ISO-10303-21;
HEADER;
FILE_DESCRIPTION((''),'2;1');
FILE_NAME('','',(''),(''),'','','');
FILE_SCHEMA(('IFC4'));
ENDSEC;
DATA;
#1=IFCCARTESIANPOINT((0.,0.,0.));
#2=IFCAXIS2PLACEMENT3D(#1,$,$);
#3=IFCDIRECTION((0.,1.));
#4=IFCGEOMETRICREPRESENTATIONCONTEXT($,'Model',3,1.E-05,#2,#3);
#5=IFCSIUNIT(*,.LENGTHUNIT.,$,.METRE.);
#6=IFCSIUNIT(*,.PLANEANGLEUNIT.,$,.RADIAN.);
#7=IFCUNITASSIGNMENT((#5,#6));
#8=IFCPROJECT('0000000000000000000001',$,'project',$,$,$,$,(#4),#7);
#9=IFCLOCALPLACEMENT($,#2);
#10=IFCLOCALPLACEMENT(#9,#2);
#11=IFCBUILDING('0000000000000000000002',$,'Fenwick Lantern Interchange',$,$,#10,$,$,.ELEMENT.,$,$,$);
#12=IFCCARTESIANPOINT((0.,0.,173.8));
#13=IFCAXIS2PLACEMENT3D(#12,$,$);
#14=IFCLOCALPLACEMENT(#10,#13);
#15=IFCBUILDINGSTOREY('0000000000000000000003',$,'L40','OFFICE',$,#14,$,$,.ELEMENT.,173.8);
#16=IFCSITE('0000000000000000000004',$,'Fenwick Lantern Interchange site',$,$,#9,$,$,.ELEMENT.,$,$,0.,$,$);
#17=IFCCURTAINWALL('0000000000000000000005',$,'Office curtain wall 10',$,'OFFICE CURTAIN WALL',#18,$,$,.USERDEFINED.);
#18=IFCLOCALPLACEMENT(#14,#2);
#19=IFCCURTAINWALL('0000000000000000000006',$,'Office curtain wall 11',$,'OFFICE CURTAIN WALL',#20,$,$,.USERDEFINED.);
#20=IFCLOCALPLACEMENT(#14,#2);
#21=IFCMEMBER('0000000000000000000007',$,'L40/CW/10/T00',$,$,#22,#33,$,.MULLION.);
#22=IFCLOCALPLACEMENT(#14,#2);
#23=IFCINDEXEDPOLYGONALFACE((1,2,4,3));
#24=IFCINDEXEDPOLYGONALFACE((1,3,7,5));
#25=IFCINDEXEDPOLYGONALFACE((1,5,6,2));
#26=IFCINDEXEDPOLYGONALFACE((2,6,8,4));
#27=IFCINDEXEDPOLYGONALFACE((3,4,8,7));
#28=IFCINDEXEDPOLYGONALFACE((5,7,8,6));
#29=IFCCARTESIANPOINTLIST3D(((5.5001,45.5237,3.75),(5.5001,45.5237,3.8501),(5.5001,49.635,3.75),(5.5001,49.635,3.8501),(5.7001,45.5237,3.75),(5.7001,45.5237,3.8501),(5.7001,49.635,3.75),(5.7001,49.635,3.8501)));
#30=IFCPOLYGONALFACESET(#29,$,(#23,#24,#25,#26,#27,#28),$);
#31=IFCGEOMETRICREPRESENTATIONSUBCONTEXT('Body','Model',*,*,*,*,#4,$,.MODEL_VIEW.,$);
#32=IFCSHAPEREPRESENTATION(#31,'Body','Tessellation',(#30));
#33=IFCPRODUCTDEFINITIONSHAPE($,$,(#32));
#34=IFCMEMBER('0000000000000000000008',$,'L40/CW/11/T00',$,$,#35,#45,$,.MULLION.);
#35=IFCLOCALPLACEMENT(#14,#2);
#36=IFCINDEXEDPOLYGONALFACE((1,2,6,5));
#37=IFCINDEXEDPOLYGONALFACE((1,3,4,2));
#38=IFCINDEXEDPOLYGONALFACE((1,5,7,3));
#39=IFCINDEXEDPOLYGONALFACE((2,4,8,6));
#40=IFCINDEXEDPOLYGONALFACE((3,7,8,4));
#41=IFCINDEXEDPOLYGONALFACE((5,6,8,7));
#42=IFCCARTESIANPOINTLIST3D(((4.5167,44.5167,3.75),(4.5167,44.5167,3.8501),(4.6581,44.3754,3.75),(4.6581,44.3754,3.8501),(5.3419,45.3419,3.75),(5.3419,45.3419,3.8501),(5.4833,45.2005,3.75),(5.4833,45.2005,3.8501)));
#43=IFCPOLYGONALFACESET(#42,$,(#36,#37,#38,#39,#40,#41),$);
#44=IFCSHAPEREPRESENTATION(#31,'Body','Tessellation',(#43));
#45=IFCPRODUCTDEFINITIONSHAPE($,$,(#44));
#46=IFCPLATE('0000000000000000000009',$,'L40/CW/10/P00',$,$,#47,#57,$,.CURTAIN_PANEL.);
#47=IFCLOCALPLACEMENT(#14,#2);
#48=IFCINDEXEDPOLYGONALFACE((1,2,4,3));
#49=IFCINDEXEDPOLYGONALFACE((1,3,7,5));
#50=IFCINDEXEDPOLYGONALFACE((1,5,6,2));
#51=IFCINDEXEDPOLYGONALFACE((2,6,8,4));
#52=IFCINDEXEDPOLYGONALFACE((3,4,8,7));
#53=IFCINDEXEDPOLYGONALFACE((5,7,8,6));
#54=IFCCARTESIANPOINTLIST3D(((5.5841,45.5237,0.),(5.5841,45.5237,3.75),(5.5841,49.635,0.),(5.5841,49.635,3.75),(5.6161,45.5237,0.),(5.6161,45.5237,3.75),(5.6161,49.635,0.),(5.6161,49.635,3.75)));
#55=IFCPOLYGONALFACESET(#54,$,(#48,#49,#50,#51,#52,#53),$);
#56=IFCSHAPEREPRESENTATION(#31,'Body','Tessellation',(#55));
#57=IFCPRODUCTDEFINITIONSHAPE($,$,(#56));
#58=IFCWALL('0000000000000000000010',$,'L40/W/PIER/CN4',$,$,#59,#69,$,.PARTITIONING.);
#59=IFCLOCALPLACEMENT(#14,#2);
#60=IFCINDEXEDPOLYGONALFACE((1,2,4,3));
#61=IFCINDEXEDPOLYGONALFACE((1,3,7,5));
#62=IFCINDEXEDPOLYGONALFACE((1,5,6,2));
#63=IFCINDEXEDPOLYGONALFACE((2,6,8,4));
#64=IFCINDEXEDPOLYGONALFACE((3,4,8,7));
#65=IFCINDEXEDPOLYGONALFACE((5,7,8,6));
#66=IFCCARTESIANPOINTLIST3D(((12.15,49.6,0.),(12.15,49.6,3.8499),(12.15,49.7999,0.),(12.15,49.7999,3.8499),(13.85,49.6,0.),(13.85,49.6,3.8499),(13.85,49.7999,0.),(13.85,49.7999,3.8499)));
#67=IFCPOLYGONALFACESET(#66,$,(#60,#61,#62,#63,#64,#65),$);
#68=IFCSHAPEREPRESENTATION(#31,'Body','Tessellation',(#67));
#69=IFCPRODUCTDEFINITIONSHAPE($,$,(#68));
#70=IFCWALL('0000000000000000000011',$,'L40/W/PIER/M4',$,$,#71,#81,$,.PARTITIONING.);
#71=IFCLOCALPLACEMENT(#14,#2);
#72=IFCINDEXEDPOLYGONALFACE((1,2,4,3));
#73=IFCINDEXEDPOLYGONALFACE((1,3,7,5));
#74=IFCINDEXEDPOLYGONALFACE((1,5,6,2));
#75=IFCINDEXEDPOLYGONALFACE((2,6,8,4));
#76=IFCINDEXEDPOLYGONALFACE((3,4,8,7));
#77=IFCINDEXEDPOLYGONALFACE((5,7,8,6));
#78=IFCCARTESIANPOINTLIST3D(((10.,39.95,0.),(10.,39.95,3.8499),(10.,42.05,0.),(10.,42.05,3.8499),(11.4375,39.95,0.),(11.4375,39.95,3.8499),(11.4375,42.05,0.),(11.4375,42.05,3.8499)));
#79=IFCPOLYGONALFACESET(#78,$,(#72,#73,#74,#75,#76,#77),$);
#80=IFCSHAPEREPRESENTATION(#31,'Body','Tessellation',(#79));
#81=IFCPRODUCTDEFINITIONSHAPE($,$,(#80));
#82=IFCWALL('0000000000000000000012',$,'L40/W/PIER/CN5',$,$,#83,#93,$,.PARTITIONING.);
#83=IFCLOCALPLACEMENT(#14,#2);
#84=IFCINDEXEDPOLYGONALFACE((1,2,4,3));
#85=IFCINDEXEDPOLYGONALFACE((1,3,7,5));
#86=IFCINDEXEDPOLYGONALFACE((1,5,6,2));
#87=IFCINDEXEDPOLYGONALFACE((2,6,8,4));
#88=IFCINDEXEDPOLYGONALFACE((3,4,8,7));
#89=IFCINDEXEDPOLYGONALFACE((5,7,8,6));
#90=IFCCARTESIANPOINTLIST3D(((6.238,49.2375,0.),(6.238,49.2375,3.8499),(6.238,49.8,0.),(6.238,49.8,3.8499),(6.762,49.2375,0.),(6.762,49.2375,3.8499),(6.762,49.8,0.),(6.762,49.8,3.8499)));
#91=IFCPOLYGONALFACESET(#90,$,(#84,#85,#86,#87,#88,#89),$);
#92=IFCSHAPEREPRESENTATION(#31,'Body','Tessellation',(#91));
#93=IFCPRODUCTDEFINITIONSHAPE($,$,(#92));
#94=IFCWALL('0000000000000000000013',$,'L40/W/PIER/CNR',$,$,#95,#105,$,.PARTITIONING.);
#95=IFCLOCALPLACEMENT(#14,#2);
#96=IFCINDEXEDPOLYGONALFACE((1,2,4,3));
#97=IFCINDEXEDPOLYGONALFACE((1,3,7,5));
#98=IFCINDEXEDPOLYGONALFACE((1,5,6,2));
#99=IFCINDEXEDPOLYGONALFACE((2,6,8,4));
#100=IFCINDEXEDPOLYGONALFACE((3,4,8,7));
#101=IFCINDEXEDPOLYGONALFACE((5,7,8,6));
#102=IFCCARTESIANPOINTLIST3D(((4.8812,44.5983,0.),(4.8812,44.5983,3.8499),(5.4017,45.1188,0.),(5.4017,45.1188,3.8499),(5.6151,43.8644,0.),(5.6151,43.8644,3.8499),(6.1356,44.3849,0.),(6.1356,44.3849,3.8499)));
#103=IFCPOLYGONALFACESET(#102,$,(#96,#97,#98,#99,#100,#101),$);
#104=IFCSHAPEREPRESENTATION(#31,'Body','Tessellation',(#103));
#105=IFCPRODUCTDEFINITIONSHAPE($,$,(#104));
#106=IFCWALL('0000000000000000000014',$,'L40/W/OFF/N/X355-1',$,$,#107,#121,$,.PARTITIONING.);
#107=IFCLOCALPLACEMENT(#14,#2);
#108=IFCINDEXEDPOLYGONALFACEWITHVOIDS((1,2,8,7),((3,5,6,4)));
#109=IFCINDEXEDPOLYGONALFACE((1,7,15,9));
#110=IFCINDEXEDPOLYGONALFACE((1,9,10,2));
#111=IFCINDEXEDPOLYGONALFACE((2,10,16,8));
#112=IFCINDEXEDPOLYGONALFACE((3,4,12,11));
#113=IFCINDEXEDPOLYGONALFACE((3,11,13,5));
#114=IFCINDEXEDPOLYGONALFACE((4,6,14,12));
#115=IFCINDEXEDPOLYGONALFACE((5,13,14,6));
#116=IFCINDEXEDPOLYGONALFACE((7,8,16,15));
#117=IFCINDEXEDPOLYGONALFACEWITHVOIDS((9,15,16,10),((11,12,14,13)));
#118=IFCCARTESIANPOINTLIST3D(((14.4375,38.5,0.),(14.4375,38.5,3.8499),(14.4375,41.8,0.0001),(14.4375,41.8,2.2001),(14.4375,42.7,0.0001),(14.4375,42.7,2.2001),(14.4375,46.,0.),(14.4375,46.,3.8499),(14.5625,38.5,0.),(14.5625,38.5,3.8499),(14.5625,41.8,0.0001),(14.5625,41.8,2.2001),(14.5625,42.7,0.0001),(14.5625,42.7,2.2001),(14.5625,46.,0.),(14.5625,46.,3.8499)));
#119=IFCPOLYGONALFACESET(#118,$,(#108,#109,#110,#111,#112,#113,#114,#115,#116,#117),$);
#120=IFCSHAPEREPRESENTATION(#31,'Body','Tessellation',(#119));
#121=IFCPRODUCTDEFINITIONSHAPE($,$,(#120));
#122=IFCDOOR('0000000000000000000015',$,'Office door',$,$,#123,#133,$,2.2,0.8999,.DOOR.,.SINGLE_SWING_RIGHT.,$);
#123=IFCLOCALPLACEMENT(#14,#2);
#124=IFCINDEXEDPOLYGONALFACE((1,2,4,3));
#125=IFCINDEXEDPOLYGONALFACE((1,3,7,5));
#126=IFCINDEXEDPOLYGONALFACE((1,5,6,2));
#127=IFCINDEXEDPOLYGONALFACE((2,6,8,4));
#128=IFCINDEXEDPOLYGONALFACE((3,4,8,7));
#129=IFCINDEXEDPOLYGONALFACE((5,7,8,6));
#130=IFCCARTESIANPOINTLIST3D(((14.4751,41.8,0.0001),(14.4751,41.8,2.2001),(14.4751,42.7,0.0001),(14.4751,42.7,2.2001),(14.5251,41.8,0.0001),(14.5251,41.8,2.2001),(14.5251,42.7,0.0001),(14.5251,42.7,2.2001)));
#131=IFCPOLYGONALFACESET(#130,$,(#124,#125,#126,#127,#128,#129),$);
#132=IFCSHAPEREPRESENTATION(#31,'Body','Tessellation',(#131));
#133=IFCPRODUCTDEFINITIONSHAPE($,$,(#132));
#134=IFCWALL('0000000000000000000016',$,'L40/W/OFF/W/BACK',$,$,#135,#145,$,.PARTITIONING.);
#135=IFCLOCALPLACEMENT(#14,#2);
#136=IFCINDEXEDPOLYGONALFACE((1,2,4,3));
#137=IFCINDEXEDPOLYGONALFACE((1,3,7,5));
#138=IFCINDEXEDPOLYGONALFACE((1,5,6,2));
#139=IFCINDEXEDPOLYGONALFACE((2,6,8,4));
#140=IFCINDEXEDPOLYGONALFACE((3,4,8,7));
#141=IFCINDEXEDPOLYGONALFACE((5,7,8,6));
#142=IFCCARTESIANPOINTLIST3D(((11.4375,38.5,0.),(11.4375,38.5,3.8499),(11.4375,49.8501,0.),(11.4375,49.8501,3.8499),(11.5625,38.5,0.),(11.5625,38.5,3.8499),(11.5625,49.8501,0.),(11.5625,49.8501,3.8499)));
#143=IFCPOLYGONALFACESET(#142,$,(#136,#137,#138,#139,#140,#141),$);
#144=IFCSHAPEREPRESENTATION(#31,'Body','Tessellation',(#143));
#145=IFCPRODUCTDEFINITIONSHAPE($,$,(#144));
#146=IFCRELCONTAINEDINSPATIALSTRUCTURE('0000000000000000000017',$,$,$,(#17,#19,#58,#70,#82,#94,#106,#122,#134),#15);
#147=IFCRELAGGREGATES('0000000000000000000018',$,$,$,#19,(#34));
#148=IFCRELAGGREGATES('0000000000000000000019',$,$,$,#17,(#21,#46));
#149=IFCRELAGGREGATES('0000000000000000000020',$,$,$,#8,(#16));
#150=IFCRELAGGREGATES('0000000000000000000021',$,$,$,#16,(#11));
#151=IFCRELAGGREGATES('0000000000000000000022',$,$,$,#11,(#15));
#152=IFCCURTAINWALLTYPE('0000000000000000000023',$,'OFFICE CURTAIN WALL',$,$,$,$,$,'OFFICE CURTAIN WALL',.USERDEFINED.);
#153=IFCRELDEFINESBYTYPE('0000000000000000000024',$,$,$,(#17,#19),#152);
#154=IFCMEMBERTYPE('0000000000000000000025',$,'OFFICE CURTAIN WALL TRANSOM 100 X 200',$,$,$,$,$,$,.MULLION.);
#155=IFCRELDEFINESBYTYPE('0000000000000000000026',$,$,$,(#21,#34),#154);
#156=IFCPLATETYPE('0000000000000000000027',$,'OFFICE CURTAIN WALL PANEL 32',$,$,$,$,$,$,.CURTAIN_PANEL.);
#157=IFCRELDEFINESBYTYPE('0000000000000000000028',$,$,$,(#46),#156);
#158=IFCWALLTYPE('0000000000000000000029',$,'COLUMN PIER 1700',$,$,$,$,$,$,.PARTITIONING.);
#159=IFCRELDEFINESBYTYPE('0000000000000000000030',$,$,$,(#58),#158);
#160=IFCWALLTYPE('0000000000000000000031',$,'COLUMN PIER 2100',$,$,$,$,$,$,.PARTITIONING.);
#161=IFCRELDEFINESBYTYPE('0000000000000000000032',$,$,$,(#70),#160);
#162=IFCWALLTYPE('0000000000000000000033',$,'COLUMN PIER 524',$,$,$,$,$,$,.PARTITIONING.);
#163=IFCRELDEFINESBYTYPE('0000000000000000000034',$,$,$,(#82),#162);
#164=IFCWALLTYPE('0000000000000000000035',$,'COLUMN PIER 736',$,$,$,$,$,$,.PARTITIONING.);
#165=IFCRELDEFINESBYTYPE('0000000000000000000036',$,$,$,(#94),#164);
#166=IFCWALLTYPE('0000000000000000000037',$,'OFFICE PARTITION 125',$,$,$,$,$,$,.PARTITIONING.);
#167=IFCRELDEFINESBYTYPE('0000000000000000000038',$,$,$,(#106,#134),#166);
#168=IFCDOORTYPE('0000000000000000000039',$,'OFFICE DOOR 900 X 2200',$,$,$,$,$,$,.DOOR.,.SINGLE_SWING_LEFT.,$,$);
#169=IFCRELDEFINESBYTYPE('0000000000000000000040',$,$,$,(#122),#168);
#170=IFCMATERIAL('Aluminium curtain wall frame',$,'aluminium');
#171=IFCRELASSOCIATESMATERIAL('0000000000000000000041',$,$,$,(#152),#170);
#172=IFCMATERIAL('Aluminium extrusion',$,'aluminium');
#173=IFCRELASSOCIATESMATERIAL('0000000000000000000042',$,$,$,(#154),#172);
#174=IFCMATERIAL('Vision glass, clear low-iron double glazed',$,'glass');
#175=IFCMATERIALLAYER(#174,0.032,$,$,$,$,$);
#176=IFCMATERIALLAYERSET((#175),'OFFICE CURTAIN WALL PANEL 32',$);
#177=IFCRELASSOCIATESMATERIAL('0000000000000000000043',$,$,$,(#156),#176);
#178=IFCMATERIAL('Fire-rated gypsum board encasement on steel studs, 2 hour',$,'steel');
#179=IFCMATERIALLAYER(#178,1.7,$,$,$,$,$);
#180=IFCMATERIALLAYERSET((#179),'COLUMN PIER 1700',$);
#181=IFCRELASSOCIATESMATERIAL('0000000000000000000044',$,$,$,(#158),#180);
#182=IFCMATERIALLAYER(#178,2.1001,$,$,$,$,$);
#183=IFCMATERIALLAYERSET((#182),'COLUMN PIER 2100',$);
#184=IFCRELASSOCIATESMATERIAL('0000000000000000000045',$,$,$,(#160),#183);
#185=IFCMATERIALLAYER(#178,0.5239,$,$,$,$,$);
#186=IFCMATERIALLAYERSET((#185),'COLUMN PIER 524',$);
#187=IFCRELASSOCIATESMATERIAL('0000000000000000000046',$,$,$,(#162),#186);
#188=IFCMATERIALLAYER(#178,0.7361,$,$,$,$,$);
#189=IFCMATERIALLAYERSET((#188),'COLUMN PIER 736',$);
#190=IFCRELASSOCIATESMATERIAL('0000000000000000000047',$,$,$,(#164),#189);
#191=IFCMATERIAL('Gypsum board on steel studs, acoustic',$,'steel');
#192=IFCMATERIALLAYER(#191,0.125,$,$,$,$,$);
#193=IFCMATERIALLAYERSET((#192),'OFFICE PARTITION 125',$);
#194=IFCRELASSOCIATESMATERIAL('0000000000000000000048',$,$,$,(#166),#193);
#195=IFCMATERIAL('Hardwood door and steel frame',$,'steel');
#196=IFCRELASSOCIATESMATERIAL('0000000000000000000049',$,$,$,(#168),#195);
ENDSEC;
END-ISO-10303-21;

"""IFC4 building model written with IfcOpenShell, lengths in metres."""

from ifc_helpers import new_model, si_unit, direction, frame, frame_2d, origin, origin_2d, place, context, subcontext, project, spatial, rectangle, extrude, material, layer, layer_set, material_profile, profile_set, type_object, element, fill, aggregate, save


model = new_model("IFC4")

# Units and contexts
model_context = context("Model", 3, precision=1e-05, world=origin(), true_north=direction((0.0, 1.0)))
body_context = subcontext(model_context, "Body", "Model", "MODEL_VIEW")
ifc_project = project(units=[si_unit("LENGTHUNIT", "METRE"), si_unit("PLANEANGLEUNIT", "RADIAN")], contexts=[model_context])

# Site, building, storey
site_placement = place(None, origin())
site = spatial("IfcSite", under=ifc_project, at=site_placement, Name="Fenwick Lantern Interchange site", CompositionType="ELEMENT", RefElevation=0.0)
building_placement = place(site_placement, origin())
building = spatial("IfcBuilding", under=site, at=building_placement, Name="Fenwick Lantern Interchange", CompositionType="ELEMENT")
storey_placement = place(building_placement, frame((0.0, 0.0, 173.8)))
storey = spatial("IfcBuildingStorey", under=building, at=storey_placement, Name="L40", Description="OFFICE", CompositionType="ELEMENT", Elevation=173.8)

# Curtain wall
ifc_material_1 = material(Name="Aluminium curtain wall frame", Category="aluminium")
curtain_wall_type = type_object("IfcCurtainWallType", Name="OFFICE CURTAIN WALL", ElementType="OFFICE CURTAIN WALL", PredefinedType="USERDEFINED", material=ifc_material_1)
ifc_material_2 = material(Name="Aluminium extrusion", Category="aluminium")
curtain_wall_1_placement = place(storey_placement, origin())
curtain_wall_1 = element("IfcCurtainWall", 1, at=curtain_wall_1_placement, inside=storey, type_object=curtain_wall_type, Name="Office curtain wall 10", ObjectType="OFFICE CURTAIN WALL", PredefinedType="USERDEFINED")

# Curtain wall
curtain_wall_2_placement = place(storey_placement, origin())
curtain_wall_2 = element("IfcCurtainWall", 2, at=curtain_wall_2_placement, inside=storey, type_object=curtain_wall_type, Name="Office curtain wall 11", ObjectType="OFFICE CURTAIN WALL", PredefinedType="USERDEFINED")

# Members
ifc_material_profile_1 = material_profile(ifc_material_2, rectangle(XDim=0.2, YDim=0.1001, at=origin_2d()), Name="OFFICE CURTAIN WALL TRANSOM 100 X 200")
ifc_profile_set_1 = profile_set([ifc_material_profile_1], Name="Aluminium extrusion")
member_type_1 = type_object("IfcMemberType", Name="OFFICE CURTAIN WALL TRANSOM 100 X 200", PredefinedType="MULLION", material=ifc_profile_set_1)
member_1_placement = place(storey_placement, frame((5.6001, 49.635, 3.8), z_axis=(0.0, -1.0, 0.0), x_axis=(1.0, 0.0, 0.0)))
member_1 = element("IfcMember", 3, at=member_1_placement, type_object=member_type_1, Name="L40/CW/10/T00", PredefinedType="MULLION", context=body_context, shape_type="SweptSolid", body=[
    extrude(rectangle(XDim=0.2, YDim=0.1001, at=origin_2d()), origin(), (0.0, 0.0, 1.0), 4.1113),
])
member_2_placement = place(storey_placement, frame((5.4126, 45.2712, 3.8), z_axis=(-0.707107, -0.707107, 0.0), x_axis=(0.707107, -0.707107, 0.0)))
member_2 = element("IfcMember", 4, at=member_2_placement, type_object=member_type_1, Name="L40/CW/11/T00", PredefinedType="MULLION", context=body_context, shape_type="SweptSolid", body=[
    extrude(rectangle(XDim=0.2, YDim=0.1001, at=origin_2d()), origin(), (0.0, 0.0, 1.0), 1.167),
])
aggregate(curtain_wall_2, [member_2])

# Plate
ifc_material_3 = material(Name="Vision glass, clear low-iron double glazed", Category="glass")
ifc_layer_1 = layer(ifc_material_3, 0.032)
ifc_layer_set_1 = layer_set([ifc_layer_1], Name="OFFICE CURTAIN WALL PANEL 32")
plate_type = type_object("IfcPlateType", Name="OFFICE CURTAIN WALL PANEL 32", PredefinedType="CURTAIN_PANEL", material=ifc_layer_set_1)
plate_placement = place(storey_placement, frame((5.6001, 47.5793, 0.0), z_axis=(0.0, 0.0, 1.0), x_axis=(0.0, -1.0, 0.0)))
plate = element("IfcPlate", 5, at=plate_placement, type_object=plate_type, Name="L40/CW/10/P00", PredefinedType="CURTAIN_PANEL", context=body_context, shape_type="SweptSolid", body=[
    extrude(rectangle(XDim=4.1113, YDim=0.032, at=origin_2d()), origin(), (0.0, 0.0, 1.0), 3.75),
])
aggregate(curtain_wall_1, [member_1, plate])

# Walls
ifc_material_4 = material(Name="Fire-rated gypsum board encasement on steel studs, 2 hour", Category="steel")
ifc_layer_2 = layer(ifc_material_4, 1.7)
ifc_layer_set_2 = layer_set([ifc_layer_2], Name="COLUMN PIER 1700")
wall_type_1 = type_object("IfcWallType", Name="COLUMN PIER 1700", PredefinedType="PARTITIONING", material=ifc_layer_set_2)
wall_1_placement = place(storey_placement, frame((13.0, 49.8, 0.0), z_axis=(0.0, 0.0, 1.0), x_axis=(0.0, -1.0, 0.0)))
element("IfcWall", 6, at=wall_1_placement, inside=storey, type_object=wall_type_1, Name="L40/W/PIER/CN4", PredefinedType="PARTITIONING", context=body_context, shape_type="SweptSolid", body=[
    extrude(rectangle(XDim=0.2, YDim=1.7, at=frame_2d((0.1001, 0.0))), origin(), (0.0, 0.0, 1.0), 3.8499),
])
ifc_layer_3 = layer(ifc_material_4, 2.1001)
ifc_layer_set_3 = layer_set([ifc_layer_3], Name="COLUMN PIER 2100")
wall_type_2 = type_object("IfcWallType", Name="COLUMN PIER 2100", PredefinedType="PARTITIONING", material=ifc_layer_set_3)
wall_2_placement = place(storey_placement, frame((11.4375, 41.0, 0.0), z_axis=(0.0, 0.0, 1.0), x_axis=(-1.0, 0.0, 0.0)))
element("IfcWall", 7, at=wall_2_placement, inside=storey, type_object=wall_type_2, Name="L40/W/PIER/M4", PredefinedType="PARTITIONING", context=body_context, shape_type="SweptSolid", body=[
    extrude(rectangle(XDim=1.4375, YDim=2.1001, at=frame_2d((0.7188, 0.0))), origin(), (0.0, 0.0, 1.0), 3.8499),
])
ifc_layer_4 = layer(ifc_material_4, 0.5239)
ifc_layer_set_4 = layer_set([ifc_layer_4], Name="COLUMN PIER 524")
wall_type_3 = type_object("IfcWallType", Name="COLUMN PIER 524", PredefinedType="PARTITIONING", material=ifc_layer_set_4)
wall_3_placement = place(storey_placement, frame((6.5, 49.8, 0.0), z_axis=(0.0, 0.0, 1.0), x_axis=(0.0, -1.0, 0.0)))
element("IfcWall", 8, at=wall_3_placement, inside=storey, type_object=wall_type_3, Name="L40/W/PIER/CN5", PredefinedType="PARTITIONING", context=body_context, shape_type="SweptSolid", body=[
    extrude(rectangle(XDim=0.5625, YDim=0.5239, at=frame_2d((0.2812, 0.0))), origin(), (0.0, 0.0, 1.0), 3.8499),
])
ifc_layer_5 = layer(ifc_material_4, 0.7361)
ifc_layer_set_5 = layer_set([ifc_layer_5], Name="COLUMN PIER 736")
wall_type_4 = type_object("IfcWallType", Name="COLUMN PIER 736", PredefinedType="PARTITIONING", material=ifc_layer_set_5)
wall_4_placement = place(storey_placement, frame((5.1414, 44.8586, 0.0), z_axis=(0.0, 0.0, 1.0), x_axis=(0.707107, -0.707107, 0.0)))
element("IfcWall", 9, at=wall_4_placement, inside=storey, type_object=wall_type_4, Name="L40/W/PIER/CNR", PredefinedType="PARTITIONING", context=body_context, shape_type="SweptSolid", body=[
    extrude(rectangle(XDim=1.0378, YDim=0.7361, at=frame_2d((0.519, 0.0))), origin(), (0.0, 0.0, 1.0), 3.8499),
])

# Wall, opening, door
ifc_material_5 = material(Name="Gypsum board on steel studs, acoustic", Category="steel")
ifc_layer_6 = layer(ifc_material_5, 0.125)
ifc_layer_set_6 = layer_set([ifc_layer_6], Name="OFFICE PARTITION 125")
wall_type_5 = type_object("IfcWallType", Name="OFFICE PARTITION 125", PredefinedType="PARTITIONING", material=ifc_layer_set_6)
wall_5_placement = place(storey_placement, frame((14.5, 46.0, 0.0), z_axis=(0.0, 0.0, 1.0), x_axis=(0.0, -1.0, 0.0)))
wall_5 = element("IfcWall", 10, at=wall_5_placement, inside=storey, type_object=wall_type_5, Name="L40/W/OFF/N/X355-1", PredefinedType="PARTITIONING", context=body_context, shape_type="SweptSolid", body=[
    extrude(rectangle(XDim=7.5, YDim=0.125, at=frame_2d((3.75, 0.0))), origin(), (0.0, 0.0, 1.0), 3.8499),
])
opening_placement = place(wall_5_placement, frame((3.3, 0.0, 0.0)))
opening = element("IfcOpeningElement", 11, at=opening_placement, cuts=wall_5, PredefinedType="OPENING", context=body_context, shape_type="SweptSolid", body=[
    extrude(rectangle(XDim=0.8999, YDim=2.2, at=frame_2d((0.45, 1.1001))), frame((0.0, 0.0725, 0.0), z_axis=(0.0, -1.0, 0.0), x_axis=(1.0, 0.0, 0.0)), (0.0, 0.0, 1.0), 0.145),
])
ifc_material_6 = material(Name="Hardwood door and steel frame", Category="steel")
door_type = type_object("IfcDoorType", Name="OFFICE DOOR 900 X 2200", OperationType="SINGLE_SWING_LEFT", PredefinedType="DOOR", material=ifc_material_6)
door_placement = place(opening_placement, frame((0.8999, 0.0, 0.0), z_axis=(0.0, 0.0, 1.0), x_axis=(-1.0, 0.0, 0.0)))
door = element("IfcDoor", 12, at=door_placement, inside=storey, type_object=door_type, Name="Office door", OperationType="SINGLE_SWING_RIGHT", OverallHeight=2.2, OverallWidth=0.8999, PredefinedType="DOOR", context=body_context, shape_type="SweptSolid", body=[
    extrude(rectangle(XDim=0.8999, YDim=2.2, at=frame_2d((0.45, 1.1001))), frame((0.0, 0.0249, 0.0), z_axis=(0.0, -1.0, 0.0), x_axis=(1.0, 0.0, 0.0)), (0.0, 0.0, 1.0), 0.05),
])
fill(opening, door)

# Wall
wall_6_placement = place(storey_placement, frame((11.5, 49.8501, 0.0), z_axis=(0.0, 0.0, 1.0), x_axis=(0.0, -1.0, 0.0)))
element("IfcWall", 13, at=wall_6_placement, inside=storey, type_object=wall_type_5, Name="L40/W/OFF/W/BACK", PredefinedType="PARTITIONING", context=body_context, shape_type="SweptSolid", body=[
    extrude(rectangle(XDim=11.3501, YDim=0.125, at=frame_2d((5.675, 0.0))), origin(), (0.0, 0.0, 1.0), 3.8499),
])

save(model, "model.ifc")
